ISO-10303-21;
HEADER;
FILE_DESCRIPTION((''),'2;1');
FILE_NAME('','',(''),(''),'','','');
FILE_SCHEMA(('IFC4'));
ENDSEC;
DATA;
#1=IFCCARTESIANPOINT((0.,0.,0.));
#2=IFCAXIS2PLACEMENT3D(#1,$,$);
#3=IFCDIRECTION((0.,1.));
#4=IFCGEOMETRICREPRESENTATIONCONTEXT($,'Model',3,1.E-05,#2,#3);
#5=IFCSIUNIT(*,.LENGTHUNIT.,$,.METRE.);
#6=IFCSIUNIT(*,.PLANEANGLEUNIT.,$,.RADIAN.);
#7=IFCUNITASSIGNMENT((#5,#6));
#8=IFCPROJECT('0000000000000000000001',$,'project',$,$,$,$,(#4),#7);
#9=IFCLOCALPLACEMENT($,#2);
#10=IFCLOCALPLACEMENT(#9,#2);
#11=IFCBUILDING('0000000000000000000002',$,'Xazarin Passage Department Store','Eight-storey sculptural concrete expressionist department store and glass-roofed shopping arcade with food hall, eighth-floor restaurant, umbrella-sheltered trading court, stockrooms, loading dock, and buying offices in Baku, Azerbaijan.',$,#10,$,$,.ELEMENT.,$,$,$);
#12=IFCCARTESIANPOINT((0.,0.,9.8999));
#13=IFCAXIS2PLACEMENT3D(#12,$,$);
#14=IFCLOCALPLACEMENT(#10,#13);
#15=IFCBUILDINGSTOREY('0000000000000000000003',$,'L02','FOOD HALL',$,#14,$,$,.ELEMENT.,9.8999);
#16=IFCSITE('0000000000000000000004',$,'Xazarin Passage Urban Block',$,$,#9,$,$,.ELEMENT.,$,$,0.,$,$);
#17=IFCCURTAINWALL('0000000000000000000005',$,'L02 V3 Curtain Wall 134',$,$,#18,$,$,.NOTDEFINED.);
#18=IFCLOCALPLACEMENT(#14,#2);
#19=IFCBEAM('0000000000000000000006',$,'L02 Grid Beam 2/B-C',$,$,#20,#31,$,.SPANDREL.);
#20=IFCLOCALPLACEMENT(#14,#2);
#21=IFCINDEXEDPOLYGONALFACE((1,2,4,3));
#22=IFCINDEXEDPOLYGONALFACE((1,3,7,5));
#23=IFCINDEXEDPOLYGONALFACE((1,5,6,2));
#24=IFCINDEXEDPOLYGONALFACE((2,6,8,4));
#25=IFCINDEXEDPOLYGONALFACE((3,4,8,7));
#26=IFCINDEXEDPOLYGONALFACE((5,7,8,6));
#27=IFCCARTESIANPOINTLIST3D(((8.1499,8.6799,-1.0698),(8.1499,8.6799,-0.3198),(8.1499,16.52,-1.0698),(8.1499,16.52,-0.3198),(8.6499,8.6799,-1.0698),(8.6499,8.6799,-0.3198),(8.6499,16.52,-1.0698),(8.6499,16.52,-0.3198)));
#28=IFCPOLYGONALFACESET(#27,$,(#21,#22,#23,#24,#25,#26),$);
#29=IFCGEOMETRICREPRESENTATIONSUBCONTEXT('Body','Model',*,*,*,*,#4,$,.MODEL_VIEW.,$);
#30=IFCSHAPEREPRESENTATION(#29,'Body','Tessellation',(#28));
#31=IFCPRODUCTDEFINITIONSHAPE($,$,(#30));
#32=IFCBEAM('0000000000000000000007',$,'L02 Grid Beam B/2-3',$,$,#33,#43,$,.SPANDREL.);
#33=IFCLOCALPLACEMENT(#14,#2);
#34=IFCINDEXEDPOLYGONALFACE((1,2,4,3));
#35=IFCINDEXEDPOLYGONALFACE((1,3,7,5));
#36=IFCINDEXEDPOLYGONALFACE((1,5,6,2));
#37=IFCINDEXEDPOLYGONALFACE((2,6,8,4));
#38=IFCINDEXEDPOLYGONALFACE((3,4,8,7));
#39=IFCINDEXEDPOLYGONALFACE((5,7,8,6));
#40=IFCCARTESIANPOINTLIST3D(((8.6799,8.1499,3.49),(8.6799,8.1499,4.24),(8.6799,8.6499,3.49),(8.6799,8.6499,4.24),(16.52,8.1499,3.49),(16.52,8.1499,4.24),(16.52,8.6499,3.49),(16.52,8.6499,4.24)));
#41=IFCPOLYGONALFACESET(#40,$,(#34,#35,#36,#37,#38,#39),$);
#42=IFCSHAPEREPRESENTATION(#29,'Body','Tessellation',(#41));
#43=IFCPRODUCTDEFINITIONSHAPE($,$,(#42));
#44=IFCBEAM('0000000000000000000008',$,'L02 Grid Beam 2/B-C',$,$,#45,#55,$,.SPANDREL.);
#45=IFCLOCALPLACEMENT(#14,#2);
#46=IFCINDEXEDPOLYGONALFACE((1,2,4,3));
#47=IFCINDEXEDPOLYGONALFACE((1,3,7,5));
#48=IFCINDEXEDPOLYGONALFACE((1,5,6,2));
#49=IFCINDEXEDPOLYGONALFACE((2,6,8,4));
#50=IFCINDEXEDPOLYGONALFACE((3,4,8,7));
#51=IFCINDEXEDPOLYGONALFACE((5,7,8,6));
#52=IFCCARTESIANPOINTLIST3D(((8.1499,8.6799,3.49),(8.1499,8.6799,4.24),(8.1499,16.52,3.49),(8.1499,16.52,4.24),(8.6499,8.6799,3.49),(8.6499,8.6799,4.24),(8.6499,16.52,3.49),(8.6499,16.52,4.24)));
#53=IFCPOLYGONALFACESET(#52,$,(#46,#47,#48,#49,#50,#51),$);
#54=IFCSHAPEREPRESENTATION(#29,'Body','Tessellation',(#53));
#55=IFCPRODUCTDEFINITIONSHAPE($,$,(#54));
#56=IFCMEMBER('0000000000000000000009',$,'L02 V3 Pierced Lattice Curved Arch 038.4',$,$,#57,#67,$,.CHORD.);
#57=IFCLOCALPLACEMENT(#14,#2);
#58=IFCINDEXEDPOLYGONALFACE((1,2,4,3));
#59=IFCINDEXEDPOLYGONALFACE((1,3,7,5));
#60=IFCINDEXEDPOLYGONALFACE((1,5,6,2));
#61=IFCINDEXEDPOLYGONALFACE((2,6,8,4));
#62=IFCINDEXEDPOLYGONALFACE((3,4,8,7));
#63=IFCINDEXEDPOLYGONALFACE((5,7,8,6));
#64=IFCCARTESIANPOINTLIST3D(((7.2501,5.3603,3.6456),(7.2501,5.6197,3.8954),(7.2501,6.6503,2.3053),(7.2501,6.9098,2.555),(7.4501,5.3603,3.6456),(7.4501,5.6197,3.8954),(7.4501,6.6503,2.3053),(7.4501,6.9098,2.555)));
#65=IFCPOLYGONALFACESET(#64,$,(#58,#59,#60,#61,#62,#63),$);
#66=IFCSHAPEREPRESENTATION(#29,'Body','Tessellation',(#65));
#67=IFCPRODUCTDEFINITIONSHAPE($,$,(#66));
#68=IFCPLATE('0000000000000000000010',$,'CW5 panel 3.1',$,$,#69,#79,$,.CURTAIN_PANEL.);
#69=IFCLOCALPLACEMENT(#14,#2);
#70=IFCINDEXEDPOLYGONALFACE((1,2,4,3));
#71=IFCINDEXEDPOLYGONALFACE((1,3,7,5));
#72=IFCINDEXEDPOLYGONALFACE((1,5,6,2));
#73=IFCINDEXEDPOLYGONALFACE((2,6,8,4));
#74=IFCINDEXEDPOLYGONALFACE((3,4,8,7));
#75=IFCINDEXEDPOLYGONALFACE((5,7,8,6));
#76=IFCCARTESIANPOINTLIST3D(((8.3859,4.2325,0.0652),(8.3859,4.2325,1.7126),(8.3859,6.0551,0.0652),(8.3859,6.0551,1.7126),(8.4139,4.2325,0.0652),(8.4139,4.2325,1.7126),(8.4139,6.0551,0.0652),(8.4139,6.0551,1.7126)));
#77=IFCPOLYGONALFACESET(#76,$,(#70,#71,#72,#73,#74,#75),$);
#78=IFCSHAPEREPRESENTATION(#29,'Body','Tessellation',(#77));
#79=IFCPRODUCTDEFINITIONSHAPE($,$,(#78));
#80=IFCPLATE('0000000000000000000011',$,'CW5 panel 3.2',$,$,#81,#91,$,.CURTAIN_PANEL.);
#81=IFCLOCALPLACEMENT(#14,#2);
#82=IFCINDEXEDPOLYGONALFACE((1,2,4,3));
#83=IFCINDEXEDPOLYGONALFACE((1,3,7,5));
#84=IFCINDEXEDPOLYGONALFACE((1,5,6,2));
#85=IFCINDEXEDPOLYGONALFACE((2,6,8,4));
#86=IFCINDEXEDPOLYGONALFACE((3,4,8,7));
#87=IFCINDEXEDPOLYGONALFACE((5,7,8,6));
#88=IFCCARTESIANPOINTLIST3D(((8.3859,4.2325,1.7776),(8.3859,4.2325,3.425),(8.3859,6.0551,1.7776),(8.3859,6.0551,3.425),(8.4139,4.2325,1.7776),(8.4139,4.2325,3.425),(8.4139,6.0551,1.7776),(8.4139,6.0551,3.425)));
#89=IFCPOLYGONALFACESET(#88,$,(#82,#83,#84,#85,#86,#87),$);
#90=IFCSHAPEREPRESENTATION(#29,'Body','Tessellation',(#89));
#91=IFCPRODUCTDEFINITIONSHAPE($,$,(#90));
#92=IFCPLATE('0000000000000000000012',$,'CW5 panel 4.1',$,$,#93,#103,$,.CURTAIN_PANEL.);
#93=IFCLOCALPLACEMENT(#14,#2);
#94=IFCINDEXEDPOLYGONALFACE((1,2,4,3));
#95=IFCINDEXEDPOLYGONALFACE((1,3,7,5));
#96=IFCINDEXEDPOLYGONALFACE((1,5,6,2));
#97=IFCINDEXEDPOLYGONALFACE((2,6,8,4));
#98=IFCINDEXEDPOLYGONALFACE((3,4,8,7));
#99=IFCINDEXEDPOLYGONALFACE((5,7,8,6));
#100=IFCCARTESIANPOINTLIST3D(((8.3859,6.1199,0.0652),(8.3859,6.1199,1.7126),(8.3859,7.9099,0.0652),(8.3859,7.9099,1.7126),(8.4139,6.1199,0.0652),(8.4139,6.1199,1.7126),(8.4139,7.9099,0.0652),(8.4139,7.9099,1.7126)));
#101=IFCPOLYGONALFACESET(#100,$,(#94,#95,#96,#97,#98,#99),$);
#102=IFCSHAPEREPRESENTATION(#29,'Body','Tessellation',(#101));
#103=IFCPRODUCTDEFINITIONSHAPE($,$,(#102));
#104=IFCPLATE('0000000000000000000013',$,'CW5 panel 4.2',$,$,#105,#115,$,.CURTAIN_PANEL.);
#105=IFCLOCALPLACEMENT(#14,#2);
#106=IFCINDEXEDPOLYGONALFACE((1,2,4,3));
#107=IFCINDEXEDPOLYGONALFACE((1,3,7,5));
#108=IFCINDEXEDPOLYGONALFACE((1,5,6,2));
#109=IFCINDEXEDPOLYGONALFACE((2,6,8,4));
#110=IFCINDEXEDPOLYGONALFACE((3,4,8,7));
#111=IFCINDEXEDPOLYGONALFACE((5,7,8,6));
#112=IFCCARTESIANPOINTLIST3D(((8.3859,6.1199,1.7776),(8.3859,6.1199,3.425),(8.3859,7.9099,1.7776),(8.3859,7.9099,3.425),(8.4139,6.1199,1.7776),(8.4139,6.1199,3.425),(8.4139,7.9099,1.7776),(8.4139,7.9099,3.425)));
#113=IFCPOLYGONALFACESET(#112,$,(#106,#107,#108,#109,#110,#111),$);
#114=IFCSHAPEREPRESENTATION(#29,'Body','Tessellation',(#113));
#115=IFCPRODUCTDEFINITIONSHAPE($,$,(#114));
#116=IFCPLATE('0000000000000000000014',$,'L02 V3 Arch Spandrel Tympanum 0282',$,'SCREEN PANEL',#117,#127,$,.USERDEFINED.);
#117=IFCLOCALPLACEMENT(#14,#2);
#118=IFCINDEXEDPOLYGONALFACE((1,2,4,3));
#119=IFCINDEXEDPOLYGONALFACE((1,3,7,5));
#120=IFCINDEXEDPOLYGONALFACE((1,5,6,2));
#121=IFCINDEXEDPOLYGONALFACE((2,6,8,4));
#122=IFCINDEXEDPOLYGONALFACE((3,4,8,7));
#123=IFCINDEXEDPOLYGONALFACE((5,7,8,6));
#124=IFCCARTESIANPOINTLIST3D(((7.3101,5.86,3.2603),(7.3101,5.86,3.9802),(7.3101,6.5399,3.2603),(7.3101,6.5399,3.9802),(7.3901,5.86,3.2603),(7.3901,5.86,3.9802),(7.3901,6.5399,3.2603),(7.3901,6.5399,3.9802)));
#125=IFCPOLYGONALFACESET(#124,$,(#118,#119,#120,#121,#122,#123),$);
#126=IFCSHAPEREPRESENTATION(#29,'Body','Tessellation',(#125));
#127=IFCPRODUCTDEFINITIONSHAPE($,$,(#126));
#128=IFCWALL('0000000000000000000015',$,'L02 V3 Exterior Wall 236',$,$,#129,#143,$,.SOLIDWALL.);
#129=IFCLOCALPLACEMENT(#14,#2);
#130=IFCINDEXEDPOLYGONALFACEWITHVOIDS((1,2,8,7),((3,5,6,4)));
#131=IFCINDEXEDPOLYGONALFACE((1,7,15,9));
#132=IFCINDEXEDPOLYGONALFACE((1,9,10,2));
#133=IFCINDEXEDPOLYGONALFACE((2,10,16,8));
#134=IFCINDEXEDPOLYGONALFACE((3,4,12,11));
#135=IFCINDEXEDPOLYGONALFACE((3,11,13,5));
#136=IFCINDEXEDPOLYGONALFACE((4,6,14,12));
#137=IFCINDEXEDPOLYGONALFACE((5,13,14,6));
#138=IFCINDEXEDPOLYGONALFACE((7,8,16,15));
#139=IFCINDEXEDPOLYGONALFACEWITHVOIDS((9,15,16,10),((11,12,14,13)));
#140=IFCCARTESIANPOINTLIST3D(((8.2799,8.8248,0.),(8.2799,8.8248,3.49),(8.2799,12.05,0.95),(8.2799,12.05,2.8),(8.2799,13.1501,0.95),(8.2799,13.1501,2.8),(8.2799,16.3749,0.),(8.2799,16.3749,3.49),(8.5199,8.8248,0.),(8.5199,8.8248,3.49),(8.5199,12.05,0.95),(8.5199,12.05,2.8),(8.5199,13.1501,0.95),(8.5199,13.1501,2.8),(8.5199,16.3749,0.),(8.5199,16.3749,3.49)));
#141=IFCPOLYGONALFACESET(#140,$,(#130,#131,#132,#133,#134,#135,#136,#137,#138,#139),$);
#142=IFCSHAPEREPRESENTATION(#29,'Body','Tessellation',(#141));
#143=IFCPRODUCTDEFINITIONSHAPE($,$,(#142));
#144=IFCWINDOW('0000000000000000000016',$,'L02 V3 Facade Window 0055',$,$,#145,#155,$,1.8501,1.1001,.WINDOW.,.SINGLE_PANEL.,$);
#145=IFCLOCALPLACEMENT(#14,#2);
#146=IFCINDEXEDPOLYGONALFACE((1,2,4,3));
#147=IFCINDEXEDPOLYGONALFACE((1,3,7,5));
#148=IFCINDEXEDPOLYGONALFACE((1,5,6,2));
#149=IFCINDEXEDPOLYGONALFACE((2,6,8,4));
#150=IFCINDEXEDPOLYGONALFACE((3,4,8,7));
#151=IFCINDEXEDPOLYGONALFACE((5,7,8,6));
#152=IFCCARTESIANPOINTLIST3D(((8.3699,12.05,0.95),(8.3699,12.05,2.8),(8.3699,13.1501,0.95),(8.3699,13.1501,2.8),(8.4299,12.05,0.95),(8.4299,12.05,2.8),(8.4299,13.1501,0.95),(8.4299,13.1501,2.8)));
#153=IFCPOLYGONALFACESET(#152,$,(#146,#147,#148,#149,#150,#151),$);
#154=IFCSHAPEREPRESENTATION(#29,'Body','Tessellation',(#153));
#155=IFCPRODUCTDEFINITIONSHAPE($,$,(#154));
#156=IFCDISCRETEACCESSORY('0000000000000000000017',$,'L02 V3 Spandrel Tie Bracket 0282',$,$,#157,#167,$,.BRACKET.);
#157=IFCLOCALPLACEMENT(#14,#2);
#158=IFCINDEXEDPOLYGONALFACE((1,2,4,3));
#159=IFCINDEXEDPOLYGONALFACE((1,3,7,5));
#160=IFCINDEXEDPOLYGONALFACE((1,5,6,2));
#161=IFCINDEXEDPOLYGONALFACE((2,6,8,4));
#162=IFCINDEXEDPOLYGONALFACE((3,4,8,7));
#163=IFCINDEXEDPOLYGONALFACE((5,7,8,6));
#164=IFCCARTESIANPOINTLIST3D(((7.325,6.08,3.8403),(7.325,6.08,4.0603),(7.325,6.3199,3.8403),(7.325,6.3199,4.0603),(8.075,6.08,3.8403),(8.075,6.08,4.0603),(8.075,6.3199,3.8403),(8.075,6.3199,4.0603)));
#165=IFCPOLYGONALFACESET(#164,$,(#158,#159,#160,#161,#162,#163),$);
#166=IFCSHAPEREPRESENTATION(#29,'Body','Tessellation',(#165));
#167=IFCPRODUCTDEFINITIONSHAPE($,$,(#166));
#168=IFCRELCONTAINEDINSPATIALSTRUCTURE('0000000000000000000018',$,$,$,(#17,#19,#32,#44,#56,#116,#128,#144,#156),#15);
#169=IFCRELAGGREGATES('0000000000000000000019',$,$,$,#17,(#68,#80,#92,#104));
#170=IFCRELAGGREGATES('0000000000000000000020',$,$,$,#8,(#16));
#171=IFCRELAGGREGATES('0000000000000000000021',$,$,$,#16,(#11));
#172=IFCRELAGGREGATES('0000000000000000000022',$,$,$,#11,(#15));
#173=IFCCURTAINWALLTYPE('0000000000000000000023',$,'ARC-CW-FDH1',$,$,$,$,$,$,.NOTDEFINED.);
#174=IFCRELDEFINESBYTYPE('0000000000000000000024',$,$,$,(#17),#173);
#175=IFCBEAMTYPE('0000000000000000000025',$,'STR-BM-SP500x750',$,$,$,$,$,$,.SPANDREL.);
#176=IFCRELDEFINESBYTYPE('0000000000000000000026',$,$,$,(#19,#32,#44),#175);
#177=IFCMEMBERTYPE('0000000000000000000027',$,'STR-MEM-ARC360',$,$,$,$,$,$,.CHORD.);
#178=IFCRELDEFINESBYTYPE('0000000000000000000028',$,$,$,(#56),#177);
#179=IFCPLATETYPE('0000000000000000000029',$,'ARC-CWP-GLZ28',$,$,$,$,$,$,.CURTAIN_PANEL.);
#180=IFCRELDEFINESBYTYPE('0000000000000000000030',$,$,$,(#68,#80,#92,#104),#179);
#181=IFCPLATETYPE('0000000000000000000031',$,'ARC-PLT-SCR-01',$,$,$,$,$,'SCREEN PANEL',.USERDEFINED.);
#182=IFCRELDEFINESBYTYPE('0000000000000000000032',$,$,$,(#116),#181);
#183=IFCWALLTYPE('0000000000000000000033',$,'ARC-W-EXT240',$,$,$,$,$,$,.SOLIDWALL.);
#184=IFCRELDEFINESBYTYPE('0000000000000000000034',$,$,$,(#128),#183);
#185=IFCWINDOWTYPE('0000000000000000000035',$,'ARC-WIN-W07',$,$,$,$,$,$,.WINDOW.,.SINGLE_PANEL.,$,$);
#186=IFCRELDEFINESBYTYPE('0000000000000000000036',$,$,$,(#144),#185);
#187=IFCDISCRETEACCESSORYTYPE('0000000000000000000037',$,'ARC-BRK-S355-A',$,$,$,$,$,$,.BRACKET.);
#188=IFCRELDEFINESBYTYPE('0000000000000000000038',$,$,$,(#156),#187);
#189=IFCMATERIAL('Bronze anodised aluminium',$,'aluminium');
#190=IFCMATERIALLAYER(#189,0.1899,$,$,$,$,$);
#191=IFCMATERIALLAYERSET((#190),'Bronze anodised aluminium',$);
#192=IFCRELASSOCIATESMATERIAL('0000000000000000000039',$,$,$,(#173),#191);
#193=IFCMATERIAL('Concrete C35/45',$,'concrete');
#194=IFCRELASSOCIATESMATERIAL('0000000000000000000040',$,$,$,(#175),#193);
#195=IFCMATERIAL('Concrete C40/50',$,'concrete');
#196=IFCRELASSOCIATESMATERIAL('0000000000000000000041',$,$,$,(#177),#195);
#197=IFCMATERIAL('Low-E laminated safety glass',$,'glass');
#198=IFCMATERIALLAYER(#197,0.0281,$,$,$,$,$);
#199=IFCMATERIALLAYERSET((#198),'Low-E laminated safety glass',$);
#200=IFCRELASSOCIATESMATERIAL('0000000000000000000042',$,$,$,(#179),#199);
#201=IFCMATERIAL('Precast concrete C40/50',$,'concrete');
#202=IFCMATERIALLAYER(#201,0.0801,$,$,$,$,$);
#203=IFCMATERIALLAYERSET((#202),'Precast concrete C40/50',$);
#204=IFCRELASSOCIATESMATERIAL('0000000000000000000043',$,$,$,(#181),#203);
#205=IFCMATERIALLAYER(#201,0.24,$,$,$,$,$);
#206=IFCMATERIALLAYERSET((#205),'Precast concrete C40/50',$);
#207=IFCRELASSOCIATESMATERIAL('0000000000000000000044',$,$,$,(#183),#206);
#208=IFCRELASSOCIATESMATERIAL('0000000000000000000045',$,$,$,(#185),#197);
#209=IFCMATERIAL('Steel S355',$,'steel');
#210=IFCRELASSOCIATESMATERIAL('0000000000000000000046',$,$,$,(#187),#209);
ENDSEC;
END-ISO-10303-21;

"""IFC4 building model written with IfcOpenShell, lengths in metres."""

from ifc_helpers import new_model, si_unit, direction, frame, frame_2d, origin, origin_2d, place, context, subcontext, project, spatial, rectangle, extrude, material, layer, layer_set, material_profile, profile_set, type_object, element, fill, aggregate, save


model = new_model("IFC4")

# Units and contexts
model_context = context("Model", 3, precision=1e-05, world=origin(), true_north=direction((0.0, 1.0)))
body_context = subcontext(model_context, "Body", "Model", "MODEL_VIEW")
ifc_project = project(units=[si_unit("LENGTHUNIT", "METRE"), si_unit("PLANEANGLEUNIT", "RADIAN")], contexts=[model_context])

# Site, building, storey
site_placement = place(None, origin())
site = spatial("IfcSite", under=ifc_project, at=site_placement, Name="Xazarin Passage Urban Block", CompositionType="ELEMENT", RefElevation=0.0)
building_placement = place(site_placement, origin())
building = spatial("IfcBuilding", under=site, at=building_placement, Name="Xazarin Passage Department Store", Description="Eight-storey sculptural concrete expressionist department store and glass-roofed shopping arcade with food hall, eighth-floor restaurant, umbrella-sheltered trading court, stockrooms, loading dock, and buying offices in Baku, Azerbaijan.", CompositionType="ELEMENT")
storey_placement = place(building_placement, frame((0.0, 0.0, 9.8999)))
storey = spatial("IfcBuildingStorey", under=building, at=storey_placement, Name="L02", Description="FOOD HALL", CompositionType="ELEMENT", Elevation=9.8999)

# Shared definitions
ifc_material_1 = material(Name="Concrete C40/50", Category="concrete")

# Curtain wall
ifc_material_2 = material(Name="Bronze anodised aluminium", Category="aluminium")
ifc_layer_1 = layer(ifc_material_2, 0.1899)
ifc_layer_set_1 = layer_set([ifc_layer_1], Name="Bronze anodised aluminium")
curtain_wall_type = type_object("IfcCurtainWallType", Name="ARC-CW-FDH1", PredefinedType="NOTDEFINED", material=ifc_layer_set_1)
curtain_wall_placement = place(storey_placement, origin())
curtain_wall = element("IfcCurtainWall", 1, at=curtain_wall_placement, inside=storey, type_object=curtain_wall_type, Name="L02 V3 Curtain Wall 134", PredefinedType="NOTDEFINED")

# Beams
ifc_material_3 = material(Name="Concrete C35/45", Category="concrete")
ifc_material_profile_1 = material_profile(ifc_material_3, rectangle(XDim=0.5, YDim=0.75, at=origin_2d()), Name="RC 500x750")
ifc_profile_set_1 = profile_set([ifc_material_profile_1], Name="Concrete C35/45")
beam_type_1 = type_object("IfcBeamType", Name="STR-BM-SP500x750", PredefinedType="SPANDREL", material=ifc_profile_set_1)
for number, where, z_axis, x_axis, name in (
    (2, (8.3999, 8.6799, -0.6948), (0.0, 1.0, 0.0), (-1.0, 0.0, 0.0), "L02 Grid Beam 2/B-C"),
    (3, (8.6799, 8.3999, 3.865), (1.0, 0.0, 0.0), (0.0, 1.0, 0.0), "L02 Grid Beam B/2-3"),
    (4, (8.3999, 8.6799, 3.865), (0.0, 1.0, 0.0), (-1.0, 0.0, 0.0), "L02 Grid Beam 2/B-C"),
):
    element("IfcBeam", number, at=place(storey_placement, frame(where, z_axis=z_axis, x_axis=x_axis)), inside=storey, type_object=beam_type_1, Name=name, PredefinedType="SPANDREL", context=body_context, shape_type="SweptSolid", body=[
        extrude(rectangle(XDim=0.5, YDim=0.75, at=origin_2d()), origin(), (0.0, 0.0, 1.0), 7.8401),
    ])

# Member
ifc_material_profile_2 = material_profile(ifc_material_1, rectangle(XDim=0.2, YDim=0.3601, at=origin_2d()), Name="RC 200x360")
ifc_profile_set_2 = profile_set([ifc_material_profile_2], Name="Concrete C40/50")
member_type_1 = type_object("IfcMemberType", Name="STR-MEM-ARC360", PredefinedType="CHORD", material=ifc_profile_set_2)
member_1_placement = place(storey_placement, frame((7.3501, 5.49, 3.7705), z_axis=(0.0, 0.69346, -0.720495), x_axis=(-1.0, 0.0, 0.0)))
element("IfcMember", 5, at=member_1_placement, inside=storey, type_object=member_type_1, Name="L02 V3 Pierced Lattice Curved Arch 038.4", PredefinedType="CHORD", context=body_context, shape_type="SweptSolid", body=[
    extrude(rectangle(XDim=0.2, YDim=0.3601, at=origin_2d()), origin(), (0.0, 0.0, 1.0), 1.8604),
])

# Plates
ifc_material_4 = material(Name="Low-E laminated safety glass", Category="glass")
ifc_layer_2 = layer(ifc_material_4, 0.0281)
ifc_layer_set_2 = layer_set([ifc_layer_2], Name="Low-E laminated safety glass")
plate_type_1 = type_object("IfcPlateType", Name="ARC-CWP-GLZ28", PredefinedType="CURTAIN_PANEL", material=ifc_layer_set_2)
plate_1_placement = place(storey_placement, frame((8.3999, 5.1438, 0.0652), z_axis=(0.0, 0.0, 1.0), x_axis=(0.0, 1.0, 0.0)))
plate_1 = element("IfcPlate", 6, at=plate_1_placement, type_object=plate_type_1, Name="CW5 panel 3.1", PredefinedType="CURTAIN_PANEL", context=body_context, shape_type="SweptSolid", body=[
    extrude(rectangle(XDim=1.8225, YDim=0.0281, at=origin_2d()), origin(), (0.0, 0.0, 1.0), 1.6475),
])
plate_2_placement = place(storey_placement, frame((8.3999, 5.1438, 1.7776), z_axis=(0.0, 0.0, 1.0), x_axis=(0.0, 1.0, 0.0)))
plate_2 = element("IfcPlate", 7, at=plate_2_placement, type_object=plate_type_1, Name="CW5 panel 3.2", PredefinedType="CURTAIN_PANEL", context=body_context, shape_type="SweptSolid", body=[
    extrude(rectangle(XDim=1.8225, YDim=0.0281, at=origin_2d()), origin(), (0.0, 0.0, 1.0), 1.6475),
])
plate_3_placement = place(storey_placement, frame((8.3999, 7.0149, 0.0652), z_axis=(0.0, 0.0, 1.0), x_axis=(0.0, 1.0, 0.0)))
plate_3 = element("IfcPlate", 8, at=plate_3_placement, type_object=plate_type_1, Name="CW5 panel 4.1", PredefinedType="CURTAIN_PANEL", context=body_context, shape_type="SweptSolid", body=[
    extrude(rectangle(XDim=1.79, YDim=0.0281, at=origin_2d()), origin(), (0.0, 0.0, 1.0), 1.6475),
])
plate_4_placement = place(storey_placement, frame((8.3999, 7.0149, 1.7776), z_axis=(0.0, 0.0, 1.0), x_axis=(0.0, 1.0, 0.0)))
plate_4 = element("IfcPlate", 9, at=plate_4_placement, type_object=plate_type_1, Name="CW5 panel 4.2", PredefinedType="CURTAIN_PANEL", context=body_context, shape_type="SweptSolid", body=[
    extrude(rectangle(XDim=1.79, YDim=0.0281, at=origin_2d()), origin(), (0.0, 0.0, 1.0), 1.6475),
])
aggregate(curtain_wall, [plate_1, plate_2, plate_3, plate_4])
ifc_material_5 = material(Name="Precast concrete C40/50", Category="concrete")
ifc_layer_3 = layer(ifc_material_5, 0.0801)
ifc_layer_set_3 = layer_set([ifc_layer_3], Name="Precast concrete C40/50")
plate_type_2 = type_object("IfcPlateType", Name="ARC-PLT-SCR-01", ElementType="SCREEN PANEL", PredefinedType="USERDEFINED", material=ifc_layer_set_3)
plate_5_placement = place(storey_placement, frame((7.3501, 6.2, 3.2603), z_axis=(0.0, 0.0, 1.0), x_axis=(0.0, 1.0, 0.0)))
element("IfcPlate", 10, at=plate_5_placement, inside=storey, type_object=plate_type_2, Name="L02 V3 Arch Spandrel Tympanum 0282", ObjectType="SCREEN PANEL", PredefinedType="USERDEFINED", context=body_context, shape_type="SweptSolid", body=[
    extrude(rectangle(XDim=0.6799, YDim=0.0801, at=origin_2d()), origin(), (0.0, 0.0, 1.0), 0.72),
])

# Wall, opening, window
ifc_layer_4 = layer(ifc_material_5, 0.24)
ifc_layer_set_4 = layer_set([ifc_layer_4], Name="Precast concrete C40/50")
wall_type = type_object("IfcWallType", Name="ARC-W-EXT240", PredefinedType="SOLIDWALL", material=ifc_layer_set_4)
wall_placement = place(storey_placement, frame((8.3999, 8.825, 0.0), z_axis=(0.0, 0.0, 1.0), x_axis=(0.0, 1.0, 0.0)))
wall = element("IfcWall", 11, at=wall_placement, inside=storey, type_object=wall_type, Name="L02 V3 Exterior Wall 236", PredefinedType="SOLIDWALL", context=body_context, shape_type="SweptSolid", body=[
    extrude(rectangle(XDim=7.55, YDim=0.24, at=frame_2d((3.7749, 0.0))), origin(), (0.0, 0.0, 1.0), 3.49),
])
opening_placement = place(wall_placement, frame((3.2251, 0.0, 0.95)))
opening = element("IfcOpeningElement", 12, at=opening_placement, cuts=wall, PredefinedType="OPENING", context=body_context, shape_type="SweptSolid", body=[
    extrude(rectangle(XDim=1.1001, YDim=1.8501, at=frame_2d((0.55, 0.925))), frame((0.0, 0.1299, 0.0), z_axis=(0.0, -1.0, 0.0), x_axis=(1.0, 0.0, 0.0)), (0.0, 0.0, 1.0), 0.26),
])
window_type = type_object("IfcWindowType", Name="ARC-WIN-W07", PartitioningType="SINGLE_PANEL", PredefinedType="WINDOW", material=ifc_material_4)
window_placement = place(opening_placement, origin())
window = element("IfcWindow", 13, at=window_placement, inside=storey, type_object=window_type, Name="L02 V3 Facade Window 0055", OverallHeight=1.8501, OverallWidth=1.1001, PartitioningType="SINGLE_PANEL", PredefinedType="WINDOW", context=body_context, shape_type="SweptSolid", body=[
    extrude(rectangle(XDim=1.1001, YDim=1.8501, at=frame_2d((0.55, 0.925))), frame((0.0, 0.03, 0.0), z_axis=(0.0, -1.0, 0.0), x_axis=(1.0, 0.0, 0.0)), (0.0, 0.0, 1.0), 0.0601),
])
fill(opening, window)

# Discrete accessory
ifc_material_6 = material(Name="Steel S355", Category="steel")
discrete_accessory_type = type_object("IfcDiscreteAccessoryType", Name="ARC-BRK-S355-A", PredefinedType="BRACKET", material=ifc_material_6)
discrete_accessory_placement = place(storey_placement, frame((7.7, 6.2, 3.8403), z_axis=(0.0, 0.0, 1.0), x_axis=(0.0, 1.0, 0.0)))
element("IfcDiscreteAccessory", 14, at=discrete_accessory_placement, inside=storey, type_object=discrete_accessory_type, Name="L02 V3 Spandrel Tie Bracket 0282", PredefinedType="BRACKET", context=body_context, shape_type="SweptSolid", body=[
    extrude(rectangle(XDim=0.24, YDim=0.75, at=origin_2d()), origin(), (0.0, 0.0, 1.0), 0.22),
])

save(model, "model.ifc")
